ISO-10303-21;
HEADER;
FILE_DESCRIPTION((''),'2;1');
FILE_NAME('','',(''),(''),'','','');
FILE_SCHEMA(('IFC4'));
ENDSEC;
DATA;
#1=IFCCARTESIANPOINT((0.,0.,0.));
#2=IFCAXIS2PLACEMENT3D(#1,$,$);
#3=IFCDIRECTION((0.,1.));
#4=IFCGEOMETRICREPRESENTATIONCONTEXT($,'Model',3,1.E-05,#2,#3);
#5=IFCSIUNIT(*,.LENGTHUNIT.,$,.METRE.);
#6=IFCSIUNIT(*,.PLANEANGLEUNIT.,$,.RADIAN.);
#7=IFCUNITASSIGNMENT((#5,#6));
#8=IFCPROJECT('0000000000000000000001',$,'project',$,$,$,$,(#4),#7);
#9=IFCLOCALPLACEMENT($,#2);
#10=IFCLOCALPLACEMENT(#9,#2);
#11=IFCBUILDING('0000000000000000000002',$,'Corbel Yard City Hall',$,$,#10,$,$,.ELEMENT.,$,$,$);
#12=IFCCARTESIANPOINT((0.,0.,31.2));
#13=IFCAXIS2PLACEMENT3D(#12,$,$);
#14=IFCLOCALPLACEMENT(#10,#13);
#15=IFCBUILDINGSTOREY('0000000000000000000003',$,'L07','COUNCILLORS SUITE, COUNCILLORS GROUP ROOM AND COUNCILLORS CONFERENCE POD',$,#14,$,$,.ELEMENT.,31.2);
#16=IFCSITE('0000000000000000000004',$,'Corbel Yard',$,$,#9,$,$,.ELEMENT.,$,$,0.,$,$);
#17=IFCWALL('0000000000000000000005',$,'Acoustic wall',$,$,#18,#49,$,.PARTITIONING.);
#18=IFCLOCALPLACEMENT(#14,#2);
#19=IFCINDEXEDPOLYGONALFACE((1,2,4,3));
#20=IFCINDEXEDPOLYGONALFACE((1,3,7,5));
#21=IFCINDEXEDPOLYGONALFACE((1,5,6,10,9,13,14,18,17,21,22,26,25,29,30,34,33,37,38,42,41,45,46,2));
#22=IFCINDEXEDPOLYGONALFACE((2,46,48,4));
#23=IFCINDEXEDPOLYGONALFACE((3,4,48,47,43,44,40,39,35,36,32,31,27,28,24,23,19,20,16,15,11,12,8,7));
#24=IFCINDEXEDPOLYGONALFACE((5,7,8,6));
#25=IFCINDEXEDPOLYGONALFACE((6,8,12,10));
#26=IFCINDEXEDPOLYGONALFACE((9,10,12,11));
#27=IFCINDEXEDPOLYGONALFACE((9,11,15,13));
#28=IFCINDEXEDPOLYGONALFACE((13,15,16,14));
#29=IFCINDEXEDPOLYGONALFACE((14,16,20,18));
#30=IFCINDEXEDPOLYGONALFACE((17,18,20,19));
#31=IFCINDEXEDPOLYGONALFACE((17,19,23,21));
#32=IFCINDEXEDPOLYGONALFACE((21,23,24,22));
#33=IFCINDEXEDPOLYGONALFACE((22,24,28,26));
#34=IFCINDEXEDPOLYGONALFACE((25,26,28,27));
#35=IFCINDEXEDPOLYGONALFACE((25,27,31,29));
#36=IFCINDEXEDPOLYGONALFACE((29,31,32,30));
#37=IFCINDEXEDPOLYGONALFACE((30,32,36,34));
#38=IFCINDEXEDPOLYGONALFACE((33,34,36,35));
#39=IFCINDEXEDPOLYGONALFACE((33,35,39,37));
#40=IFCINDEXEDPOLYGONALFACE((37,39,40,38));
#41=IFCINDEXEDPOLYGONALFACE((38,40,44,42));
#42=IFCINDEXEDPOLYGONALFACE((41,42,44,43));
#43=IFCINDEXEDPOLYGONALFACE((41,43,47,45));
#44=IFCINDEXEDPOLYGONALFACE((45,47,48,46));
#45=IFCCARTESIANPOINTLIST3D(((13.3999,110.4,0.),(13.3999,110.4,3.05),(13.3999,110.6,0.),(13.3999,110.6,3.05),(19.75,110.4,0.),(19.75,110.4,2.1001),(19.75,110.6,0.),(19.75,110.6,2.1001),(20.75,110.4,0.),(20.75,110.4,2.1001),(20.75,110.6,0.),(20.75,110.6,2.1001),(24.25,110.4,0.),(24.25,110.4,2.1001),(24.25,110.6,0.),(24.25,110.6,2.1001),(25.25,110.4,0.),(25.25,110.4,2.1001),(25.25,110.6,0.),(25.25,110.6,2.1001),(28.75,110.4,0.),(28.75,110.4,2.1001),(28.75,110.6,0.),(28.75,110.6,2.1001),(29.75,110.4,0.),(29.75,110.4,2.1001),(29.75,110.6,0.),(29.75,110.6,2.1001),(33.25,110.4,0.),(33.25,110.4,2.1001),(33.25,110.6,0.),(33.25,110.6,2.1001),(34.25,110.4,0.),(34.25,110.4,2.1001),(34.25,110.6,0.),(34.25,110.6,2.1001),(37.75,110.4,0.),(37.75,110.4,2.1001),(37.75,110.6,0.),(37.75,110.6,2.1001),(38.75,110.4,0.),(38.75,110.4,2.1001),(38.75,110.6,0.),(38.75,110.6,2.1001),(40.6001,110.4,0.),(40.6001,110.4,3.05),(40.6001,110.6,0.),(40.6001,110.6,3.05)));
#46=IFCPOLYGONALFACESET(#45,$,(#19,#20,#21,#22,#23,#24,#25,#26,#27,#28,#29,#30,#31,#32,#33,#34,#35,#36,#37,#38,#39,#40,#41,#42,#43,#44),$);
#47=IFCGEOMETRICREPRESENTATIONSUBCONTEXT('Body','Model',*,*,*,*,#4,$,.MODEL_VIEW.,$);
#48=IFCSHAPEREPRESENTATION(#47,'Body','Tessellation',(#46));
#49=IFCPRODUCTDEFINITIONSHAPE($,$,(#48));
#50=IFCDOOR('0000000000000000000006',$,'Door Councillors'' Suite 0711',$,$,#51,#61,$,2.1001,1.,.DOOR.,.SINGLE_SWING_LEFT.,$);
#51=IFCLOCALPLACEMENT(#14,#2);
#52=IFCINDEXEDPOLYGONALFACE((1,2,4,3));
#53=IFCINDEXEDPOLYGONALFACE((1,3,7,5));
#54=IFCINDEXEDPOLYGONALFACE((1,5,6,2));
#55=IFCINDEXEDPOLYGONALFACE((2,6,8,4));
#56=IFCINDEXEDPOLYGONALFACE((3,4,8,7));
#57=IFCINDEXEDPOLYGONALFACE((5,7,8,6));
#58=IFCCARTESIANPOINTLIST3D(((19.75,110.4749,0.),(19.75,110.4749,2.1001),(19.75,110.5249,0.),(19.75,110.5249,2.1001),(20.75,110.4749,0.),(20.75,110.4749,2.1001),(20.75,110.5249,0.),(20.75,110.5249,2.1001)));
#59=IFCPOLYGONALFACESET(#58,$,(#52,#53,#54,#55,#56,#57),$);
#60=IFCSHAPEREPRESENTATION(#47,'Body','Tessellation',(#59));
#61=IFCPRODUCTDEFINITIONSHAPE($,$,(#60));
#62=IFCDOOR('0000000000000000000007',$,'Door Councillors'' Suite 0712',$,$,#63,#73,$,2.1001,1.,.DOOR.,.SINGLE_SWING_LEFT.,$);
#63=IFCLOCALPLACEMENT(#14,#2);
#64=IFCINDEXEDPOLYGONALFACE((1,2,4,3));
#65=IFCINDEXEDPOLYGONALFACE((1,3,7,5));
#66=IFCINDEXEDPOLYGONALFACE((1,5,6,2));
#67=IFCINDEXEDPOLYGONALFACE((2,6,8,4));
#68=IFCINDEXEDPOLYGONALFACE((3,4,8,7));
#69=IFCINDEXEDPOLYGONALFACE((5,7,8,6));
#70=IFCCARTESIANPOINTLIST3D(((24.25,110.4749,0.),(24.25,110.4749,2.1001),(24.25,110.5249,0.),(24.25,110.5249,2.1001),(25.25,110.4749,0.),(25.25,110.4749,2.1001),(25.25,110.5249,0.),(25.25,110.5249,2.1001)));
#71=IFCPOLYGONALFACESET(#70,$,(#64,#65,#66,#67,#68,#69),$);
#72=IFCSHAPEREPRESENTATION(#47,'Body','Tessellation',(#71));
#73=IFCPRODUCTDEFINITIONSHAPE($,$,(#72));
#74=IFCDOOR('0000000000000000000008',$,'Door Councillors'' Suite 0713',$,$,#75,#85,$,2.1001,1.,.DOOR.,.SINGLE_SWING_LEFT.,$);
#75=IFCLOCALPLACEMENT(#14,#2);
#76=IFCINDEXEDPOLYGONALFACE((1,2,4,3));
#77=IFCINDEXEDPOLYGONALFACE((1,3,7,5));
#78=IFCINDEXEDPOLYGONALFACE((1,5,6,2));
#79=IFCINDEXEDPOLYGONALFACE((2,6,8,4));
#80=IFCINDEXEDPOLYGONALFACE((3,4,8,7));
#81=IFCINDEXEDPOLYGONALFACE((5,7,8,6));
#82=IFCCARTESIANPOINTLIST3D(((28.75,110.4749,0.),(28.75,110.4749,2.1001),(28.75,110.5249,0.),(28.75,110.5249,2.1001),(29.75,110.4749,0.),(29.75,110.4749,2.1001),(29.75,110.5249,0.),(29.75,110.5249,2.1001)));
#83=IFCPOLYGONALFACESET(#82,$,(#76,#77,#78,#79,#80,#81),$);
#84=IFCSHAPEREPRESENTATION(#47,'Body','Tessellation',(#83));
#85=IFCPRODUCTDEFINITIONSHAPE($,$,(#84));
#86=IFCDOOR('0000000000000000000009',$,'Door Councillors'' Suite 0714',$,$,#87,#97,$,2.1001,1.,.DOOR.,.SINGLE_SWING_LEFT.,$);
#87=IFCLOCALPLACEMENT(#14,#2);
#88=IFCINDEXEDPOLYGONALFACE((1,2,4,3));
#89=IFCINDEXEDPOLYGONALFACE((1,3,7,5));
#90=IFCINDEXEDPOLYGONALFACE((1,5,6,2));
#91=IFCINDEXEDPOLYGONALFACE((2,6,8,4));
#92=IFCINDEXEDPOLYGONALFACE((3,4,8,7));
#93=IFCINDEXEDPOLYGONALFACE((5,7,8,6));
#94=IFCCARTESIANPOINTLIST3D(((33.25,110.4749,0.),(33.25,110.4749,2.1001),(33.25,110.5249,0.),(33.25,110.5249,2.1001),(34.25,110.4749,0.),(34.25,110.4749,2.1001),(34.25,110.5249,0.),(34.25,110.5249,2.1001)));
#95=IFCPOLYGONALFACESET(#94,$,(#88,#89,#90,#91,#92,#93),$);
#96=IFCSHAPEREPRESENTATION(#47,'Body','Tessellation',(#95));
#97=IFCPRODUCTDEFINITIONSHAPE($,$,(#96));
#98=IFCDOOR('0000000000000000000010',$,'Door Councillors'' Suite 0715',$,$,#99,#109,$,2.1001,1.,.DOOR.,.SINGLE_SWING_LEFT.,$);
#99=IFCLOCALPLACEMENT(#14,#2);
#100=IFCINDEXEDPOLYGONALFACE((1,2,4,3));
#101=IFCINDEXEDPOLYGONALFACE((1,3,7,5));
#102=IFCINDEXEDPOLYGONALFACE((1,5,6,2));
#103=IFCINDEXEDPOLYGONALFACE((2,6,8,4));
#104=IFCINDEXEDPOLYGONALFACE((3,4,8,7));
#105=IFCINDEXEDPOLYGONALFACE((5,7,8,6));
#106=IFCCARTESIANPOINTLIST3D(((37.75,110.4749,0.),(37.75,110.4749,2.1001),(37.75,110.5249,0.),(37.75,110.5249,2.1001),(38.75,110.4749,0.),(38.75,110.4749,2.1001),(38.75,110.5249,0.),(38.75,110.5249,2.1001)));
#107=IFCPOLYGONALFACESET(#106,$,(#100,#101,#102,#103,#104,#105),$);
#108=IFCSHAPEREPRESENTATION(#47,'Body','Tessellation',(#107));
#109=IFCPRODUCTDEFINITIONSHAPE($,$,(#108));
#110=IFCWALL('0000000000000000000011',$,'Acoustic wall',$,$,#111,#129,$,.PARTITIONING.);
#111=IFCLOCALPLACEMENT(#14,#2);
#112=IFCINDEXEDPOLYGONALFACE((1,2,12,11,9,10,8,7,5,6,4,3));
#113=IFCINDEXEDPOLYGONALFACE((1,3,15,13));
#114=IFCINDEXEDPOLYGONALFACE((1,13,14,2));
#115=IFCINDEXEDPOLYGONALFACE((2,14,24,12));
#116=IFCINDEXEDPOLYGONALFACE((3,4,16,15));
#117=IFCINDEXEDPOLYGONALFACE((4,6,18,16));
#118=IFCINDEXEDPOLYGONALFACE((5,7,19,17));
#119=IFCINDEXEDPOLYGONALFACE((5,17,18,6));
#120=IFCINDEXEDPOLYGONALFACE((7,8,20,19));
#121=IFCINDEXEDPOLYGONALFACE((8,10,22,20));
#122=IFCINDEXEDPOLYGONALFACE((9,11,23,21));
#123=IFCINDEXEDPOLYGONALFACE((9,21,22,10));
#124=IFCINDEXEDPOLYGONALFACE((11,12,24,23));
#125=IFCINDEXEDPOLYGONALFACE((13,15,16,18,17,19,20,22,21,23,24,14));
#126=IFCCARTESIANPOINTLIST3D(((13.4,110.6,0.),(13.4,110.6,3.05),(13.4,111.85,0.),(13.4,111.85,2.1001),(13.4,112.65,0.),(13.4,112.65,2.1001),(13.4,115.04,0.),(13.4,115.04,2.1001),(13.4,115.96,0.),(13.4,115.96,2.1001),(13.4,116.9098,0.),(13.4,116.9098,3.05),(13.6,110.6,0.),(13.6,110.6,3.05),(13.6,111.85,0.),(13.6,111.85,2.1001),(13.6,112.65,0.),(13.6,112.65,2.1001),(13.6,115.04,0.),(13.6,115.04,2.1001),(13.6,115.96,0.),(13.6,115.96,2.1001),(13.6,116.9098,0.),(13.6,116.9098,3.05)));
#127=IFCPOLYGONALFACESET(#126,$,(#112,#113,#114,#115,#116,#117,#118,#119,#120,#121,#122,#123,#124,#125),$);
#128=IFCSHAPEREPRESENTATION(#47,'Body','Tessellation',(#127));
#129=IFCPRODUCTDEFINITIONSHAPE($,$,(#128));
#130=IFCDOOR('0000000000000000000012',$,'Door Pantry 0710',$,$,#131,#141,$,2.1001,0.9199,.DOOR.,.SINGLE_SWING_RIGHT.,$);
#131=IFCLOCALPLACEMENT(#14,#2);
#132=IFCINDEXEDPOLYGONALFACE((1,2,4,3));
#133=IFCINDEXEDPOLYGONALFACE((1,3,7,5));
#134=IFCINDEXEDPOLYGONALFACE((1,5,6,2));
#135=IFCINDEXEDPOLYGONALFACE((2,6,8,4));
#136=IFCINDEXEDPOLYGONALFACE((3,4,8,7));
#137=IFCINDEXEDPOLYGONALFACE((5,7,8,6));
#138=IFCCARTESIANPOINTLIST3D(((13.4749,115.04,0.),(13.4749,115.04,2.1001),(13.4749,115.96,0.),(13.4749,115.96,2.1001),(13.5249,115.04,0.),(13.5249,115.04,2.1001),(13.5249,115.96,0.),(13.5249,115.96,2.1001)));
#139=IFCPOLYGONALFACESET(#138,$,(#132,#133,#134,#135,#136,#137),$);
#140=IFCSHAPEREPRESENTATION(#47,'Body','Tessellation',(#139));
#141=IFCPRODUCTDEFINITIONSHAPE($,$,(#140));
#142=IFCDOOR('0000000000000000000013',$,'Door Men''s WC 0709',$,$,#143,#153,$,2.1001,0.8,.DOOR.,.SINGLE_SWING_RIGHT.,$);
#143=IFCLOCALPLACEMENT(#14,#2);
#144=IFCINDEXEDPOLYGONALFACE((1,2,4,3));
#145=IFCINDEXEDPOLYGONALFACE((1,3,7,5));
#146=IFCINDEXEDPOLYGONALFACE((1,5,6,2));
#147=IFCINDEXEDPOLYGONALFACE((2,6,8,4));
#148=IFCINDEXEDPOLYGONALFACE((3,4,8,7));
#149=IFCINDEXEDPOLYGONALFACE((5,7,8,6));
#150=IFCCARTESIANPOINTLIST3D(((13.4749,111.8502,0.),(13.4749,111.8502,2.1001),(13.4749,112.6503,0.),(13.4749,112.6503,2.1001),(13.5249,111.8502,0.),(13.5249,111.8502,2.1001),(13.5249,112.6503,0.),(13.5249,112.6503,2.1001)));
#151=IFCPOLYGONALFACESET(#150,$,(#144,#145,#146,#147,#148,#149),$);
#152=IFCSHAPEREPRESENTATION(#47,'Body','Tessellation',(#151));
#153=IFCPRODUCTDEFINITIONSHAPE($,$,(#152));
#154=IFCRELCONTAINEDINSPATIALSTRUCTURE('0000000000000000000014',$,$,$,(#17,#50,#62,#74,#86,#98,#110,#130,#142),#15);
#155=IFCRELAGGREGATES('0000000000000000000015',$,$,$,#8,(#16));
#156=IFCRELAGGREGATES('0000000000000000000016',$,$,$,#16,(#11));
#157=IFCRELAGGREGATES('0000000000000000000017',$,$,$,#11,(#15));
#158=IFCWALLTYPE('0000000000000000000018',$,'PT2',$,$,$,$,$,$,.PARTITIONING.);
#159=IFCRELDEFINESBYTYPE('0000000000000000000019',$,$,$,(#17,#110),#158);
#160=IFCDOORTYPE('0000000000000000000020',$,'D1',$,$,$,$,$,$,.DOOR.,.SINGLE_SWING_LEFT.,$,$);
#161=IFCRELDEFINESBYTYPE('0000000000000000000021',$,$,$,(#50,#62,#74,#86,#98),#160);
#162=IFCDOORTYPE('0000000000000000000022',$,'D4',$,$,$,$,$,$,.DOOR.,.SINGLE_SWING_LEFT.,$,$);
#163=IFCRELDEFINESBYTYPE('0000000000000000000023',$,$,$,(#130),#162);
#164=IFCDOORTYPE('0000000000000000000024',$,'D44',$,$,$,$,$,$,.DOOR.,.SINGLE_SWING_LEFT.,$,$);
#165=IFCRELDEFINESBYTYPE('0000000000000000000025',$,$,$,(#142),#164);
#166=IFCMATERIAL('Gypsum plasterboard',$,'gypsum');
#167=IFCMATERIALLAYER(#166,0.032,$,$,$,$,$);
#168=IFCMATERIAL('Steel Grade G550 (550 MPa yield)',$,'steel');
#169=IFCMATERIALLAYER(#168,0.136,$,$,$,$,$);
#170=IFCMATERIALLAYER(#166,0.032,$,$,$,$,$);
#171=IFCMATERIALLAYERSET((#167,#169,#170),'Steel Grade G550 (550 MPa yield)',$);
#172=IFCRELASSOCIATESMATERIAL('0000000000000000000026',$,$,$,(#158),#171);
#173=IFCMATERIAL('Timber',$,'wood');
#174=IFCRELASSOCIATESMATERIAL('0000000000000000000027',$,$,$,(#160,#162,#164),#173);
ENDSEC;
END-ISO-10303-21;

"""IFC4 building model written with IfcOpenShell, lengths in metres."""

from ifc_helpers import new_model, si_unit, direction, frame, frame_2d, origin, place, context, subcontext, project, spatial, rectangle, extrude, material, layer, layer_set, type_object, element, fill, save


model = new_model("IFC4")

# Units and contexts
model_context = context("Model", 3, precision=1e-05, world=origin(), true_north=direction((0.0, 1.0)))
body_context = subcontext(model_context, "Body", "Model", "MODEL_VIEW")
ifc_project = project(units=[si_unit("LENGTHUNIT", "METRE"), si_unit("PLANEANGLEUNIT", "RADIAN")], contexts=[model_context])

# Site, building, storey
site_placement = place(None, origin())
site = spatial("IfcSite", under=ifc_project, at=site_placement, Name="Corbel Yard", CompositionType="ELEMENT", RefElevation=0.0)
building_placement = place(site_placement, origin())
building = spatial("IfcBuilding", under=site, at=building_placement, Name="Corbel Yard City Hall", CompositionType="ELEMENT")
storey_placement = place(building_placement, frame((0.0, 0.0, 31.2)))
storey = spatial("IfcBuildingStorey", under=building, at=storey_placement, Name="L07", Description="COUNCILLORS SUITE, COUNCILLORS GROUP ROOM AND COUNCILLORS CONFERENCE POD", CompositionType="ELEMENT", Elevation=31.2)

# Shared definitions
ifc_material_1 = material(Name="Gypsum plasterboard", Category="gypsum")
ifc_material_2 = material(Name="Steel Grade G550 (550 MPa yield)", Category="steel")

# Walls, openings, doors
ifc_layer_1 = layer(ifc_material_1, 0.032)
ifc_layer_2 = layer(ifc_material_2, 0.136)
ifc_layer_3 = layer(ifc_material_1, 0.032)
ifc_layer_set_1 = layer_set([ifc_layer_1, ifc_layer_2, ifc_layer_3], Name="Steel Grade G550 (550 MPa yield)")
wall_type_1 = type_object("IfcWallType", Name="PT2", PredefinedType="PARTITIONING", material=ifc_layer_set_1)
wall_1_placement = place(storey_placement, frame((13.3999, 110.5, 0.0), z_axis=(0.0, 0.0, 1.0), x_axis=(1.0, 0.0, 0.0)))
wall_1 = element("IfcWall", 1, at=wall_1_placement, inside=storey, type_object=wall_type_1, Name="Acoustic wall", PredefinedType="PARTITIONING", context=body_context, shape_type="SweptSolid", body=[
    extrude(rectangle(XDim=27.2002, YDim=0.2, at=frame_2d((13.6001, 0.0))), origin(), (0.0, 0.0, 1.0), 3.05),
])
opening_1_placement = place(wall_1_placement, frame((6.3501, 0.0, 0.0)))
opening_1 = element("IfcOpeningElement", 2, at=opening_1_placement, cuts=wall_1, PredefinedType="OPENING", context=body_context, shape_type="SweptSolid", body=[
    extrude(rectangle(XDim=1.0, YDim=2.1001, at=frame_2d((0.5, 1.05))), frame((0.0, 0.1099, 0.0), z_axis=(0.0, -1.0, 0.0), x_axis=(1.0, 0.0, 0.0)), (0.0, 0.0, 1.0), 0.22),
])
opening_2_placement = place(wall_1_placement, frame((10.8501, 0.0, 0.0)))
opening_2 = element("IfcOpeningElement", 3, at=opening_2_placement, cuts=wall_1, PredefinedType="OPENING", context=body_context, shape_type="SweptSolid", body=[
    extrude(rectangle(XDim=1.0, YDim=2.1001, at=frame_2d((0.5, 1.05))), frame((0.0, 0.1099, 0.0), z_axis=(0.0, -1.0, 0.0), x_axis=(1.0, 0.0, 0.0)), (0.0, 0.0, 1.0), 0.22),
])
opening_3_placement = place(wall_1_placement, frame((15.3501, 0.0, 0.0)))
opening_3 = element("IfcOpeningElement", 4, at=opening_3_placement, cuts=wall_1, PredefinedType="OPENING", context=body_context, shape_type="SweptSolid", body=[
    extrude(rectangle(XDim=1.0, YDim=2.1001, at=frame_2d((0.5, 1.05))), frame((0.0, 0.1099, 0.0), z_axis=(0.0, -1.0, 0.0), x_axis=(1.0, 0.0, 0.0)), (0.0, 0.0, 1.0), 0.22),
])
opening_4_placement = place(wall_1_placement, frame((19.8501, 0.0, 0.0)))
opening_4 = element("IfcOpeningElement", 5, at=opening_4_placement, cuts=wall_1, PredefinedType="OPENING", context=body_context, shape_type="SweptSolid", body=[
    extrude(rectangle(XDim=1.0, YDim=2.1001, at=frame_2d((0.5, 1.05))), frame((0.0, 0.1099, 0.0), z_axis=(0.0, -1.0, 0.0), x_axis=(1.0, 0.0, 0.0)), (0.0, 0.0, 1.0), 0.22),
])
opening_5_placement = place(wall_1_placement, frame((24.3501, 0.0, 0.0)))
opening_5 = element("IfcOpeningElement", 6, at=opening_5_placement, cuts=wall_1, PredefinedType="OPENING", context=body_context, shape_type="SweptSolid", body=[
    extrude(rectangle(XDim=1.0, YDim=2.1001, at=frame_2d((0.5, 1.05))), frame((0.0, 0.1099, 0.0), z_axis=(0.0, -1.0, 0.0), x_axis=(1.0, 0.0, 0.0)), (0.0, 0.0, 1.0), 0.22),
])
ifc_material_3 = material(Name="Timber", Category="wood")
door_type_1 = type_object("IfcDoorType", Name="D1", OperationType="SINGLE_SWING_LEFT", PredefinedType="DOOR", material=ifc_material_3)
door_1_placement = place(opening_1_placement, origin())
door_1 = element("IfcDoor", 7, at=door_1_placement, inside=storey, type_object=door_type_1, Name="Door Councillors' Suite 0711", OperationType="SINGLE_SWING_LEFT", OverallHeight=2.1001, OverallWidth=1.0, PredefinedType="DOOR", context=body_context, shape_type="SweptSolid", body=[
    extrude(rectangle(XDim=1.0, YDim=2.1001, at=frame_2d((0.5, 1.05))), frame((0.0, 0.0249, 0.0), z_axis=(0.0, -1.0, 0.0), x_axis=(1.0, 0.0, 0.0)), (0.0, 0.0, 1.0), 0.05),
])
fill(opening_1, door_1)
door_2_placement = place(opening_2_placement, origin())
door_2 = element("IfcDoor", 8, at=door_2_placement, inside=storey, type_object=door_type_1, Name="Door Councillors' Suite 0712", OperationType="SINGLE_SWING_LEFT", OverallHeight=2.1001, OverallWidth=1.0, PredefinedType="DOOR", context=body_context, shape_type="SweptSolid", body=[
    extrude(rectangle(XDim=1.0, YDim=2.1001, at=frame_2d((0.5, 1.05))), frame((0.0, 0.0249, 0.0), z_axis=(0.0, -1.0, 0.0), x_axis=(1.0, 0.0, 0.0)), (0.0, 0.0, 1.0), 0.05),
])
fill(opening_2, door_2)
door_3_placement = place(opening_3_placement, origin())
door_3 = element("IfcDoor", 9, at=door_3_placement, inside=storey, type_object=door_type_1, Name="Door Councillors' Suite 0713", OperationType="SINGLE_SWING_LEFT", OverallHeight=2.1001, OverallWidth=1.0, PredefinedType="DOOR", context=body_context, shape_type="SweptSolid", body=[
    extrude(rectangle(XDim=1.0, YDim=2.1001, at=frame_2d((0.5, 1.05))), frame((0.0, 0.0249, 0.0), z_axis=(0.0, -1.0, 0.0), x_axis=(1.0, 0.0, 0.0)), (0.0, 0.0, 1.0), 0.05),
])
fill(opening_3, door_3)
door_4_placement = place(opening_4_placement, origin())
door_4 = element("IfcDoor", 10, at=door_4_placement, inside=storey, type_object=door_type_1, Name="Door Councillors' Suite 0714", OperationType="SINGLE_SWING_LEFT", OverallHeight=2.1001, OverallWidth=1.0, PredefinedType="DOOR", context=body_context, shape_type="SweptSolid", body=[
    extrude(rectangle(XDim=1.0, YDim=2.1001, at=frame_2d((0.5, 1.05))), frame((0.0, 0.0249, 0.0), z_axis=(0.0, -1.0, 0.0), x_axis=(1.0, 0.0, 0.0)), (0.0, 0.0, 1.0), 0.05),
])
fill(opening_4, door_4)
door_5_placement = place(opening_5_placement, origin())
door_5 = element("IfcDoor", 11, at=door_5_placement, inside=storey, type_object=door_type_1, Name="Door Councillors' Suite 0715", OperationType="SINGLE_SWING_LEFT", OverallHeight=2.1001, OverallWidth=1.0, PredefinedType="DOOR", context=body_context, shape_type="SweptSolid", body=[
    extrude(rectangle(XDim=1.0, YDim=2.1001, at=frame_2d((0.5, 1.05))), frame((0.0, 0.0249, 0.0), z_axis=(0.0, -1.0, 0.0), x_axis=(1.0, 0.0, 0.0)), (0.0, 0.0, 1.0), 0.05),
])
fill(opening_5, door_5)
wall_2_placement = place(storey_placement, frame((13.5, 110.6001, 0.0), z_axis=(0.0, 0.0, 1.0), x_axis=(0.0, 1.0, 0.0)))
wall_2 = element("IfcWall", 12, at=wall_2_placement, inside=storey, type_object=wall_type_1, Name="Acoustic wall", PredefinedType="PARTITIONING", context=body_context, shape_type="SweptSolid", body=[
    extrude(rectangle(XDim=6.3098, YDim=0.2, at=frame_2d((3.1548, 0.0))), origin(), (0.0, 0.0, 1.0), 3.05),
])
opening_6_placement = place(wall_2_placement, frame((1.25, 0.0, 0.0)))
opening_6 = element("IfcOpeningElement", 13, at=opening_6_placement, cuts=wall_2, PredefinedType="OPENING", context=body_context, shape_type="SweptSolid", body=[
    extrude(rectangle(XDim=0.8, YDim=2.1001, at=frame_2d((0.3999, 1.05))), frame((0.0, 0.1099, 0.0), z_axis=(0.0, -1.0, 0.0), x_axis=(1.0, 0.0, 0.0)), (0.0, 0.0, 1.0), 0.22),
])
opening_7_placement = place(wall_2_placement, frame((4.4399, 0.0, 0.0)))
opening_7 = element("IfcOpeningElement", 14, at=opening_7_placement, cuts=wall_2, PredefinedType="OPENING", context=body_context, shape_type="SweptSolid", body=[
    extrude(rectangle(XDim=0.9199, YDim=2.1001, at=frame_2d((0.46, 1.05))), frame((0.0, 0.1099, 0.0), z_axis=(0.0, -1.0, 0.0), x_axis=(1.0, 0.0, 0.0)), (0.0, 0.0, 1.0), 0.22),
])
door_type_2 = type_object("IfcDoorType", Name="D4", OperationType="SINGLE_SWING_LEFT", PredefinedType="DOOR", material=ifc_material_3)
door_6_placement = place(opening_7_placement, frame((0.9199, 0.0, 0.0), z_axis=(0.0, 0.0, 1.0), x_axis=(-1.0, 0.0, 0.0)))
door_6 = element("IfcDoor", 15, at=door_6_placement, inside=storey, type_object=door_type_2, Name="Door Pantry 0710", OperationType="SINGLE_SWING_RIGHT", OverallHeight=2.1001, OverallWidth=0.9199, PredefinedType="DOOR", context=body_context, shape_type="SweptSolid", body=[
    extrude(rectangle(XDim=0.9199, YDim=2.1001, at=frame_2d((0.46, 1.05))), frame((0.0, 0.0249, 0.0), z_axis=(0.0, -1.0, 0.0), x_axis=(1.0, 0.0, 0.0)), (0.0, 0.0, 1.0), 0.05),
])
fill(opening_7, door_6)
door_type_3 = type_object("IfcDoorType", Name="D44", OperationType="SINGLE_SWING_LEFT", PredefinedType="DOOR", material=ifc_material_3)
door_7_placement = place(opening_6_placement, frame((0.8, 0.0, 0.0), z_axis=(0.0, 0.0, 1.0), x_axis=(-1.0, 0.0, 0.0)))
door_7 = element("IfcDoor", 16, at=door_7_placement, inside=storey, type_object=door_type_3, Name="Door Men's WC 0709", OperationType="SINGLE_SWING_RIGHT", OverallHeight=2.1001, OverallWidth=0.8, PredefinedType="DOOR", context=body_context, shape_type="SweptSolid", body=[
    extrude(rectangle(XDim=0.8, YDim=2.1001, at=frame_2d((0.3999, 1.05))), frame((0.0, 0.0249, 0.0), z_axis=(0.0, -1.0, 0.0), x_axis=(1.0, 0.0, 0.0)), (0.0, 0.0, 1.0), 0.05),
])
fill(opening_6, door_7)

save(model, "model.ifc")
